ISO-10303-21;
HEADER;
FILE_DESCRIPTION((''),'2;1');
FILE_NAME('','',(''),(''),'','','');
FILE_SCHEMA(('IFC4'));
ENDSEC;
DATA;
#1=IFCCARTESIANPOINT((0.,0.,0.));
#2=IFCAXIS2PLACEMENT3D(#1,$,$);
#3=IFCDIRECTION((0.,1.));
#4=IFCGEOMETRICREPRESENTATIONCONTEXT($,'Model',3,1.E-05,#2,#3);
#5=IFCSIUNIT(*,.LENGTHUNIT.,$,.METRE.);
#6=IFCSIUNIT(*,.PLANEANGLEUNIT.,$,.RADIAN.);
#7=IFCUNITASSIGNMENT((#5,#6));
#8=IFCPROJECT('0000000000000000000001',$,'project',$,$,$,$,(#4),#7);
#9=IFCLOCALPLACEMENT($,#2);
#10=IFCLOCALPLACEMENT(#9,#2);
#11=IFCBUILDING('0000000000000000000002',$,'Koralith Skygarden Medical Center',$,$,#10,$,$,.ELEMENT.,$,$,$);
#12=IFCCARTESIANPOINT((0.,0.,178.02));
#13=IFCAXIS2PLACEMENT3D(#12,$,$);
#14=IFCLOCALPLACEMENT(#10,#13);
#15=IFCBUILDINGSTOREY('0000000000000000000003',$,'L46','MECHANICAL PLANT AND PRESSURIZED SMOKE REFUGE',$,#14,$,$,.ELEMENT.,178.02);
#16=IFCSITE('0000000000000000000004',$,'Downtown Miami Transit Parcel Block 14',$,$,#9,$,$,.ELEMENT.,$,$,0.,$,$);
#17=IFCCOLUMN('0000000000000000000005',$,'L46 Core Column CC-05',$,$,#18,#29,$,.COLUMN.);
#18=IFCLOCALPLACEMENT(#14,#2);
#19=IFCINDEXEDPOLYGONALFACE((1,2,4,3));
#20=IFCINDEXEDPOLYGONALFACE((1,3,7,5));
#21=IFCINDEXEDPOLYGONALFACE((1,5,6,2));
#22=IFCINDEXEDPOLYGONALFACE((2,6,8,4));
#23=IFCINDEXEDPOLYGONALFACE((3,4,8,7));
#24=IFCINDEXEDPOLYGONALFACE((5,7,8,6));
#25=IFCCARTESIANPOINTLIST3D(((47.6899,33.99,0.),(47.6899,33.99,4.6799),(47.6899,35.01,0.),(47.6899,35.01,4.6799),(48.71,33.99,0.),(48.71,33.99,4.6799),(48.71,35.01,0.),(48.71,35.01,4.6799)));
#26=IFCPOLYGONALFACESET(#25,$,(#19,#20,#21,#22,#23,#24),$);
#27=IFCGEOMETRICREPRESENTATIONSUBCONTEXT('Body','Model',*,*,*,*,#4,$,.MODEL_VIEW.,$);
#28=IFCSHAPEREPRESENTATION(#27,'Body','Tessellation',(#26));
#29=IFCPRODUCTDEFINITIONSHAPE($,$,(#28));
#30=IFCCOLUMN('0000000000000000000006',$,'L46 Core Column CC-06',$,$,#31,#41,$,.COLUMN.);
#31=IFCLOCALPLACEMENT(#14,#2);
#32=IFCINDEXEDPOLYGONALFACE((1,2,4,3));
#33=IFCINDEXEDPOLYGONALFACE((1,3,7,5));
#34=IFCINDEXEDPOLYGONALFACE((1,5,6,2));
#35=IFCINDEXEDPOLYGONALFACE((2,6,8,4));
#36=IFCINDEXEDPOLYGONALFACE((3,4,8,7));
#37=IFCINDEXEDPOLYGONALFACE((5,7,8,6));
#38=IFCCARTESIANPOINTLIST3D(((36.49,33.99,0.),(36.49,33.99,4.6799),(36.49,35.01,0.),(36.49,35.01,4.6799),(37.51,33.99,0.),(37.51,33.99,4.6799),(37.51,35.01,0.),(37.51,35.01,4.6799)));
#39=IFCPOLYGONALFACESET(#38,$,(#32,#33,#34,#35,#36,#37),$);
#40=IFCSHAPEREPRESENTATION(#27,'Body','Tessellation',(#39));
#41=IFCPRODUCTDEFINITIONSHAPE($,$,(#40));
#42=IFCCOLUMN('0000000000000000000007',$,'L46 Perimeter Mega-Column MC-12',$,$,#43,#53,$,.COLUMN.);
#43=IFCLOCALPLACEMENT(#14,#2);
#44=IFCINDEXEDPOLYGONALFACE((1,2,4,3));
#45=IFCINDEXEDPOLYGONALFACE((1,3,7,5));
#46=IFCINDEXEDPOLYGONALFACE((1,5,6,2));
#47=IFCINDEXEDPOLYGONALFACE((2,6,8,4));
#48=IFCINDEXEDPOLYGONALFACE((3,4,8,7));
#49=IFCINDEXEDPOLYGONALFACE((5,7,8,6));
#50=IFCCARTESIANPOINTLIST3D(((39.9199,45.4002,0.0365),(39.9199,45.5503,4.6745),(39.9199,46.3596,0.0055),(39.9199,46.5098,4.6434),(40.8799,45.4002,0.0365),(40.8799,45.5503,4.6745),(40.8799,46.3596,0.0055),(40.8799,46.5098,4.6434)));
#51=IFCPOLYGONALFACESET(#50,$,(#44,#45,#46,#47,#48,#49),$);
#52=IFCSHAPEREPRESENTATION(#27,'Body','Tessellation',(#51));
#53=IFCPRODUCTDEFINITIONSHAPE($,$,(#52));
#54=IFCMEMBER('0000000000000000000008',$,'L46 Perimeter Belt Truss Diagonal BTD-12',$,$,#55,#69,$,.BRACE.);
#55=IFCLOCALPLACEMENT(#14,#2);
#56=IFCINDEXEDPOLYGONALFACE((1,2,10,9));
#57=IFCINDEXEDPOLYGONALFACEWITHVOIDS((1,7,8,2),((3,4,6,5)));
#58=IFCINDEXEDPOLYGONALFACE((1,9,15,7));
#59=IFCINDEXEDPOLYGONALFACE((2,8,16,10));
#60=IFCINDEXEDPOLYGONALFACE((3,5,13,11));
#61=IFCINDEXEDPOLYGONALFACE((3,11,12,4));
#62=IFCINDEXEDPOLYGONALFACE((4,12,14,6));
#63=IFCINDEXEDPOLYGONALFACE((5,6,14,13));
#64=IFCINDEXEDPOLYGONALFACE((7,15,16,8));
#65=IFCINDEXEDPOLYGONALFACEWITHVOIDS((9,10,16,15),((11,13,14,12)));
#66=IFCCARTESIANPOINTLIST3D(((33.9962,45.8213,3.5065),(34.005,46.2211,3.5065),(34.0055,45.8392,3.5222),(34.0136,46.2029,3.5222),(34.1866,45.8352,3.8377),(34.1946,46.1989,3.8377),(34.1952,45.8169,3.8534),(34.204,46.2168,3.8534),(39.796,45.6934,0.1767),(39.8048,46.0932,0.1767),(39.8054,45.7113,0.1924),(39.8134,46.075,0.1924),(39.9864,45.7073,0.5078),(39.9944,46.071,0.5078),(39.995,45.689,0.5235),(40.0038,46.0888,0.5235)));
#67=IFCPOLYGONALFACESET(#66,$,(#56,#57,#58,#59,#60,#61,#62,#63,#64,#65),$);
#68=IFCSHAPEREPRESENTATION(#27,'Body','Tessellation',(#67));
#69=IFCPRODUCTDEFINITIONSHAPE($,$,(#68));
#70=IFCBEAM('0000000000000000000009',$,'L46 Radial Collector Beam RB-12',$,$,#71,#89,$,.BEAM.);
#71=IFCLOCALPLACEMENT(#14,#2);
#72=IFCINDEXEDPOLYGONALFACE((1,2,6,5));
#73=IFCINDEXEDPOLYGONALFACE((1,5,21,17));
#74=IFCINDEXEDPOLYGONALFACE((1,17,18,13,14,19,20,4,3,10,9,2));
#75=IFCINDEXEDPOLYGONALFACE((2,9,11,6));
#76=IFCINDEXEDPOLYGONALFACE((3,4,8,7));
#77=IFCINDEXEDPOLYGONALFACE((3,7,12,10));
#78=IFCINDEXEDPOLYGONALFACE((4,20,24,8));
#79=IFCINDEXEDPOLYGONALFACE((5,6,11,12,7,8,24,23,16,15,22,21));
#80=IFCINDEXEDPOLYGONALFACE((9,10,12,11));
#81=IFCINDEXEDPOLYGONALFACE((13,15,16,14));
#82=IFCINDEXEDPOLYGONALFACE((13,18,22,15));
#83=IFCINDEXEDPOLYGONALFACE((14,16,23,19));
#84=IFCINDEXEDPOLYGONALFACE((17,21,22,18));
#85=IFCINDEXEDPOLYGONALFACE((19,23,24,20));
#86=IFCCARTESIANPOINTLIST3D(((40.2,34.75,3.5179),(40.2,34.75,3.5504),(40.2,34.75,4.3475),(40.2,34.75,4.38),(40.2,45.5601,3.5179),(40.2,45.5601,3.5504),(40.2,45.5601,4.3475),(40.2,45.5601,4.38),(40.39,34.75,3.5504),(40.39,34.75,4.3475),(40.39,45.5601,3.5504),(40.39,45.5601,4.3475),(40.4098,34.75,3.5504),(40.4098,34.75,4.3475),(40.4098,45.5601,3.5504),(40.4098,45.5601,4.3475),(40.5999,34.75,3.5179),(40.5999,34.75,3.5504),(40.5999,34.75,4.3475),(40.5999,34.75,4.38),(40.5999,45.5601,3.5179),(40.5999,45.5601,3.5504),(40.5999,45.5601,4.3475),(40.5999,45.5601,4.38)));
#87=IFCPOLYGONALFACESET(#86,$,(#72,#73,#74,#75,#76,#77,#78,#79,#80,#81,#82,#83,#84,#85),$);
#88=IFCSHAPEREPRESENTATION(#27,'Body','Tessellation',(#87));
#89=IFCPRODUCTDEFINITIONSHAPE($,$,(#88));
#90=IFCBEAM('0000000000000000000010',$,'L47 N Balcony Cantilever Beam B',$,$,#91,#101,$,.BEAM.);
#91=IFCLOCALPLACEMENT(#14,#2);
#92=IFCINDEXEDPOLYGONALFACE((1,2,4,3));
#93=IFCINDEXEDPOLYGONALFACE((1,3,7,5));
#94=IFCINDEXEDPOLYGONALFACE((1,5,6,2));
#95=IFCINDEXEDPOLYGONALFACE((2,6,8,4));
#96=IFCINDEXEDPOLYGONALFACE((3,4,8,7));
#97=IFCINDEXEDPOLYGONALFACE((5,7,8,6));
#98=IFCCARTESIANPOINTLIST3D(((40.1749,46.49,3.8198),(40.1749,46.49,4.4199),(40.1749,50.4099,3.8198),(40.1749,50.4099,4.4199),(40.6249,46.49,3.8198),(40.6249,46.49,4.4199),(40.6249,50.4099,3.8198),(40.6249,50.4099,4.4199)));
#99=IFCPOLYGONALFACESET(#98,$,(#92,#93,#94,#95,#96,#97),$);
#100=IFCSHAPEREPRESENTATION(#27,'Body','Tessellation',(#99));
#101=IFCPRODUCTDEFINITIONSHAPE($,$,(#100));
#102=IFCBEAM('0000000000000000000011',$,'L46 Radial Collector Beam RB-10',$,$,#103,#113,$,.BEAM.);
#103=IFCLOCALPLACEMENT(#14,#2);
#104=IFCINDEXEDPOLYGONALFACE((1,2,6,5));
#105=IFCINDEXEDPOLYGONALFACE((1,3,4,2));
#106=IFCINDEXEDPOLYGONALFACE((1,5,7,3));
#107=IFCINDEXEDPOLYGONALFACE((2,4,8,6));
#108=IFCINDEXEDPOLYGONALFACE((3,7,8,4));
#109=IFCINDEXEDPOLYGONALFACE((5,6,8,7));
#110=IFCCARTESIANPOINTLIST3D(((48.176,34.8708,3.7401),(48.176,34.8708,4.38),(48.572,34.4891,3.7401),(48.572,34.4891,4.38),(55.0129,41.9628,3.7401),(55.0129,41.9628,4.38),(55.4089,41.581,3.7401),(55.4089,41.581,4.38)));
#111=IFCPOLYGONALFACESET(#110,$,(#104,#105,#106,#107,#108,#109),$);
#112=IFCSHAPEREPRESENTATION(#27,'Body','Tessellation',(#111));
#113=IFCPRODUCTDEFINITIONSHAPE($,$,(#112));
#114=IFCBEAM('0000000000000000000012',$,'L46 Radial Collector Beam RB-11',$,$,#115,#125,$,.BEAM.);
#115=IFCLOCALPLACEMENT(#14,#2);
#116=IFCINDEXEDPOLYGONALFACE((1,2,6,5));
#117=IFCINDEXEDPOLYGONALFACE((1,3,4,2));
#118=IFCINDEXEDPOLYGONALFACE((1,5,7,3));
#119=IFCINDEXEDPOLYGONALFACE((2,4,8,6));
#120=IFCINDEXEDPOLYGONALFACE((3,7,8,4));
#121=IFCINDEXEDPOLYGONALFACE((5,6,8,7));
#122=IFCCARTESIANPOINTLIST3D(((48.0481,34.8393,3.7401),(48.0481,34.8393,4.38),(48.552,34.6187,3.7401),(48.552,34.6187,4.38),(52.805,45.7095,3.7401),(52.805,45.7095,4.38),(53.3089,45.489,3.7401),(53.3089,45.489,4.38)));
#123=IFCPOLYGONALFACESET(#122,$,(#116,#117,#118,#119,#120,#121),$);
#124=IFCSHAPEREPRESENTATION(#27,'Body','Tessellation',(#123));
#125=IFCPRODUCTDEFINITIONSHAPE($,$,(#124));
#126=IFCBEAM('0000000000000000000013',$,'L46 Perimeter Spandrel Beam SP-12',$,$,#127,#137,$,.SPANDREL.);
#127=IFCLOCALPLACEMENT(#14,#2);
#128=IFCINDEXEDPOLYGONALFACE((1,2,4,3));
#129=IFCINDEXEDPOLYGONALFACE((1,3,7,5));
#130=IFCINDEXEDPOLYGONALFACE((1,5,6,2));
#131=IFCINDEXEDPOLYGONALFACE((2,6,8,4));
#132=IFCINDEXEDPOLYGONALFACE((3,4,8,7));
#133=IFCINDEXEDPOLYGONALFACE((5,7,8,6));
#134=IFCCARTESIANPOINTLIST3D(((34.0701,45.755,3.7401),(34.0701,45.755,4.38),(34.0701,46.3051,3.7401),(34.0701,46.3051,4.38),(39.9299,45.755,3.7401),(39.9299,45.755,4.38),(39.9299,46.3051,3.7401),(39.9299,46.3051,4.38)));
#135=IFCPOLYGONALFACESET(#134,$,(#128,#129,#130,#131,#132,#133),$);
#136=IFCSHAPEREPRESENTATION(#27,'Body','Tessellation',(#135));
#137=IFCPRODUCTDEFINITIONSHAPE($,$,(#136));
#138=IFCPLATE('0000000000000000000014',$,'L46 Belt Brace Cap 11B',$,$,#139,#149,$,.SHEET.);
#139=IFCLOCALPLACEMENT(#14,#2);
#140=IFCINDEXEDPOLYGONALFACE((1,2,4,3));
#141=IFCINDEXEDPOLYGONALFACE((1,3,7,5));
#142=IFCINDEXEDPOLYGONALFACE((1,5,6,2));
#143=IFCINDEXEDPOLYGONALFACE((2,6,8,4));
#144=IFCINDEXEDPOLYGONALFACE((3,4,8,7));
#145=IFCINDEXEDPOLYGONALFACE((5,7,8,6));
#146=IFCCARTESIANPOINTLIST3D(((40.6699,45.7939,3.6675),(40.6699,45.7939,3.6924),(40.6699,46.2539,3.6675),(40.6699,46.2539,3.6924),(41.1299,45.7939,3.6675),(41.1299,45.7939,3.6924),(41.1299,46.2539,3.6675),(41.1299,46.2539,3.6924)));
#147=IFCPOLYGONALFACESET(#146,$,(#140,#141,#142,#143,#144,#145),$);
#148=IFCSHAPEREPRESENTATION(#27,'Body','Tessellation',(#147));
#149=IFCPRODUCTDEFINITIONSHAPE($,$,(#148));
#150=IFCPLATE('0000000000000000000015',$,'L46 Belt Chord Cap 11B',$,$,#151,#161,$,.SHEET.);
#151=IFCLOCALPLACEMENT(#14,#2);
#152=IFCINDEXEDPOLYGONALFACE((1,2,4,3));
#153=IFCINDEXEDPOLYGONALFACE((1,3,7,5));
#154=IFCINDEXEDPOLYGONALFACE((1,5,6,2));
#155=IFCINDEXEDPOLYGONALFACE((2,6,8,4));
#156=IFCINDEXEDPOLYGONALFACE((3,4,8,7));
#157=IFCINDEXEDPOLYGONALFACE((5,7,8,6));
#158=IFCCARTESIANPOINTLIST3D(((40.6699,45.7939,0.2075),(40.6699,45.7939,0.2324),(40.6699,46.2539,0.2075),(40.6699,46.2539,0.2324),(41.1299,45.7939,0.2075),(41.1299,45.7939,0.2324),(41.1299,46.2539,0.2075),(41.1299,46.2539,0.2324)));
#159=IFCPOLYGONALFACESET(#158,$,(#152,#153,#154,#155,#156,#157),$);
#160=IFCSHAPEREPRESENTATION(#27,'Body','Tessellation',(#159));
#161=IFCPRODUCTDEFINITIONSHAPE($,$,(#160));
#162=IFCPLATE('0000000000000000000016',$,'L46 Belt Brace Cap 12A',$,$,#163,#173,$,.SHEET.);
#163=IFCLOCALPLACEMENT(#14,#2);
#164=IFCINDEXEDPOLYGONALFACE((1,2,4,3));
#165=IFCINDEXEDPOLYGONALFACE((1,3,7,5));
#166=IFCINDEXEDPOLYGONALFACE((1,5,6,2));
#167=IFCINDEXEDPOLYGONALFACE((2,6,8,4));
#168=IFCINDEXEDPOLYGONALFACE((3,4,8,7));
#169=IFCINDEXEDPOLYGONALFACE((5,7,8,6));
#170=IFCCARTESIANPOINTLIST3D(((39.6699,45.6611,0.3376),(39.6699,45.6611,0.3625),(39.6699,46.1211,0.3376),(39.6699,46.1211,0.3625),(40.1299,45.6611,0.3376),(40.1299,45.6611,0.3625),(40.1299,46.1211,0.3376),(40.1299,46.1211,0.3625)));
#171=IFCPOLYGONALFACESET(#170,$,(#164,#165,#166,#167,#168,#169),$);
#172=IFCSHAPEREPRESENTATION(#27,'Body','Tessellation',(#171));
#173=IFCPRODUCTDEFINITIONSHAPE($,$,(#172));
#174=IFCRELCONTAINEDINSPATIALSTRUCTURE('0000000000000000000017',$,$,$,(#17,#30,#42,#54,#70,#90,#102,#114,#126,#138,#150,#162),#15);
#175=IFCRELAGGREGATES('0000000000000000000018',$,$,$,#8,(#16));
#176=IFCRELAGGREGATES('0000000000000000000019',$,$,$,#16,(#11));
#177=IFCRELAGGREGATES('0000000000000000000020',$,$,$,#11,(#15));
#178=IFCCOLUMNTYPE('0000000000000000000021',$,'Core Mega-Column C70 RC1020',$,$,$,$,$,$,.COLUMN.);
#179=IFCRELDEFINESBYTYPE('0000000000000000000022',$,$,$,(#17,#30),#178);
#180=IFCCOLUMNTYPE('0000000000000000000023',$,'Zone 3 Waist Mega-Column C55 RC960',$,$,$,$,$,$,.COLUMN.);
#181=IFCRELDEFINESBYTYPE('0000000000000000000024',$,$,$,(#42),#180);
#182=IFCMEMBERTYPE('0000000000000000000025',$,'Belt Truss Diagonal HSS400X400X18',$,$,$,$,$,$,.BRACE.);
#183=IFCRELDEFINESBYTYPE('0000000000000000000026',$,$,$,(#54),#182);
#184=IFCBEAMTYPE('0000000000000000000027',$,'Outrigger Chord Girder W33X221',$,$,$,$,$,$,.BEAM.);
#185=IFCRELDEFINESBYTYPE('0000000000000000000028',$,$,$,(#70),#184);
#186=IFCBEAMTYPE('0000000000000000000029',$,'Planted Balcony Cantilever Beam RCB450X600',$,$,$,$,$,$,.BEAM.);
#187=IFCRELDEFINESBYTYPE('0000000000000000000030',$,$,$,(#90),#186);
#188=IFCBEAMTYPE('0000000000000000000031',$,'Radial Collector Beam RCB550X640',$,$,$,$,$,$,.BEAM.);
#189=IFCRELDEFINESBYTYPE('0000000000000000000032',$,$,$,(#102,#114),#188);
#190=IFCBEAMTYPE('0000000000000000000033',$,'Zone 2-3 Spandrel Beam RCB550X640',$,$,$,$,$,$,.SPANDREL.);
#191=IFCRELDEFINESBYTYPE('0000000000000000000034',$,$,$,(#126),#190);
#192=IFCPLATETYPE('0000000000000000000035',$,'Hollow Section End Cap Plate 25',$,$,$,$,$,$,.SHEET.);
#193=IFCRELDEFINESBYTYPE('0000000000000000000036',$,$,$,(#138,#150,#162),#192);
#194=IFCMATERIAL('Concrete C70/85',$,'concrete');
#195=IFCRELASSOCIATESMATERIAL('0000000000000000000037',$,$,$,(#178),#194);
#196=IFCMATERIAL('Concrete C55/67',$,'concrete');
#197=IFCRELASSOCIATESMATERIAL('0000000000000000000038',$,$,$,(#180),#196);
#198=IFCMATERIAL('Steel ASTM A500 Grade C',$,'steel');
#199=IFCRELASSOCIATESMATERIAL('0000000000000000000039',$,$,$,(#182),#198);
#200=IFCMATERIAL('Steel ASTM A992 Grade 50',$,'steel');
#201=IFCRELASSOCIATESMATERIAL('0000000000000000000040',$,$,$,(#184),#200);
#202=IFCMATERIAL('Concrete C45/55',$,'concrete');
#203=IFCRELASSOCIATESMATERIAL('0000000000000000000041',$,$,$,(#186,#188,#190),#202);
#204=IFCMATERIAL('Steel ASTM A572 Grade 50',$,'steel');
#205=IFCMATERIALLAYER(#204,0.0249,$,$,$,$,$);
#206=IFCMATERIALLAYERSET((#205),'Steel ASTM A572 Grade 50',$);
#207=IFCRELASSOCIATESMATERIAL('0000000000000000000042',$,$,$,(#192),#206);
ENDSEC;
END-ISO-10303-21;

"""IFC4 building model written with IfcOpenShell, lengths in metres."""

from ifc_helpers import new_model, si_unit, direction, frame, origin, origin_2d, place, context, subcontext, project, spatial, rectangle, hollow_rectangle, i_section, extrude, material, layer, layer_set, material_profile, profile_set, type_object, element, save


model = new_model("IFC4")

# Units and contexts
model_context = context("Model", 3, precision=1e-05, world=origin(), true_north=direction((0.0, 1.0)))
body_context = subcontext(model_context, "Body", "Model", "MODEL_VIEW")
ifc_project = project(units=[si_unit("LENGTHUNIT", "METRE"), si_unit("PLANEANGLEUNIT", "RADIAN")], contexts=[model_context])

# Site, building, storey
site_placement = place(None, origin())
site = spatial("IfcSite", under=ifc_project, at=site_placement, Name="Downtown Miami Transit Parcel Block 14", CompositionType="ELEMENT", RefElevation=0.0)
building_placement = place(site_placement, origin())
building = spatial("IfcBuilding", under=site, at=building_placement, Name="Koralith Skygarden Medical Center", CompositionType="ELEMENT")
storey_placement = place(building_placement, frame((0.0, 0.0, 178.02)))
storey = spatial("IfcBuildingStorey", under=building, at=storey_placement, Name="L46", Description="MECHANICAL PLANT AND PRESSURIZED SMOKE REFUGE", CompositionType="ELEMENT", Elevation=178.02)

# Columns
ifc_material_1 = material(Name="Concrete C70/85", Category="concrete")
ifc_material_profile_1 = material_profile(ifc_material_1, rectangle(XDim=1.02, YDim=1.02, at=origin_2d()), Name="RC1020X1020")
ifc_profile_set_1 = profile_set([ifc_material_profile_1], Name="Concrete C70/85")
column_type_1 = type_object("IfcColumnType", Name="Core Mega-Column C70 RC1020", PredefinedType="COLUMN", material=ifc_profile_set_1)
for number, where, z_axis, x_axis, name in (
    (1, (48.2, 34.5, 0.0), (0.0, 0.0, 1.0), (1.0, 0.0, 0.0), "L46 Core Column CC-05"),
    (2, (37.0, 34.5, 0.0), (0.0, 0.0, 1.0), (1.0, 0.0, 0.0), "L46 Core Column CC-06"),
):
    element("IfcColumn", number, at=place(storey_placement, frame(where, z_axis=z_axis, x_axis=x_axis)), inside=storey, type_object=column_type_1, Name=name, PredefinedType="COLUMN", context=body_context, shape_type="SweptSolid", body=[
        extrude(rectangle(XDim=1.02, YDim=1.02, at=origin_2d()), origin(), (0.0, 0.0, 1.0), 4.6799),
    ])
ifc_material_2 = material(Name="Concrete C55/67", Category="concrete")
ifc_material_profile_2 = material_profile(ifc_material_2, rectangle(XDim=0.96, YDim=0.96, at=origin_2d()), Name="RC960X960")
ifc_profile_set_2 = profile_set([ifc_material_profile_2], Name="Concrete C55/67")
column_type_2 = type_object("IfcColumnType", Name="Zone 3 Waist Mega-Column C55 RC960", PredefinedType="COLUMN", material=ifc_profile_set_2)
column_placement = place(storey_placement, frame((40.3999, 45.8799, 0.021), z_axis=(0.0, 0.032357, 0.999476), x_axis=(-1.0, 0.0, 0.0)))
element("IfcColumn", 3, at=column_placement, inside=storey, type_object=column_type_2, Name="L46 Perimeter Mega-Column MC-12", PredefinedType="COLUMN", context=body_context, shape_type="SweptSolid", body=[
    extrude(rectangle(XDim=0.96, YDim=0.96, at=origin_2d()), origin(), (0.0, 0.0, 1.0), 4.6404),
])

# Member
ifc_material_3 = material(Name="Steel ASTM A500 Grade C", Category="steel")
ifc_material_profile_3 = material_profile(ifc_material_3, hollow_rectangle(XDim=0.3999, YDim=0.3999, WallThickness=0.0181, at=origin_2d()), Name="HSS400X400X18")
ifc_profile_set_3 = profile_set([ifc_material_profile_3], Name="Steel ASTM A500 Grade C")
member_type = type_object("IfcMemberType", Name="Belt Truss Diagonal HSS400X400X18", PredefinedType="BRACE", material=ifc_profile_set_3)
member_placement = place(storey_placement, frame((39.8999, 45.8911, 0.3501), z_axis=(-0.867074, 0.019126, 0.497812), x_axis=(-0.022052, -0.999757, 0.0)))
element("IfcMember", 4, at=member_placement, inside=storey, type_object=member_type, Name="L46 Perimeter Belt Truss Diagonal BTD-12", PredefinedType="BRACE", context=body_context, shape_type="SweptSolid", body=[
    extrude(hollow_rectangle(XDim=0.3999, YDim=0.3999, WallThickness=0.0181, at=origin_2d()), origin(), (0.0, 0.0, 1.0), 6.689),
])

# Beams
ifc_material_4 = material(Name="Steel ASTM A992 Grade 50", Category="steel")
ifc_material_profile_4 = material_profile(ifc_material_4, i_section(OverallWidth=0.3999, OverallDepth=0.8621, WebThickness=0.0198, FlangeThickness=0.0325, at=origin_2d()), Name="W33X221")
ifc_profile_set_4 = profile_set([ifc_material_profile_4], Name="Steel ASTM A992 Grade 50")
beam_type_1 = type_object("IfcBeamType", Name="Outrigger Chord Girder W33X221", PredefinedType="BEAM", material=ifc_profile_set_4)
beam_1_placement = place(storey_placement, frame((40.3999, 34.75, 3.949), z_axis=(0.0, 1.0, 0.0), x_axis=(-1.0, 0.0, 0.0)))
element("IfcBeam", 5, at=beam_1_placement, inside=storey, type_object=beam_type_1, Name="L46 Radial Collector Beam RB-12", PredefinedType="BEAM", context=body_context, shape_type="SweptSolid", body=[
    extrude(i_section(OverallWidth=0.3999, OverallDepth=0.8621, WebThickness=0.0198, FlangeThickness=0.0325, at=origin_2d()), origin(), (0.0, 0.0, 1.0), 10.8101),
])
ifc_material_5 = material(Name="Concrete C45/55", Category="concrete")
ifc_material_profile_5 = material_profile(ifc_material_5, rectangle(XDim=0.45, YDim=0.6001, at=origin_2d()), Name="RCB450X600")
ifc_profile_set_5 = profile_set([ifc_material_profile_5], Name="Concrete C45/55")
beam_type_2 = type_object("IfcBeamType", Name="Planted Balcony Cantilever Beam RCB450X600", PredefinedType="BEAM", material=ifc_profile_set_5)
beam_2_placement = place(storey_placement, frame((40.3999, 46.49, 4.1199), z_axis=(0.0, 1.0, 0.0), x_axis=(-1.0, 0.0, 0.0)))
element("IfcBeam", 6, at=beam_2_placement, inside=storey, type_object=beam_type_2, Name="L47 N Balcony Cantilever Beam B", PredefinedType="BEAM", context=body_context, shape_type="SweptSolid", body=[
    extrude(rectangle(XDim=0.45, YDim=0.6001, at=origin_2d()), origin(), (0.0, 0.0, 1.0), 3.9199),
])
ifc_material_profile_6 = material_profile(ifc_material_5, rectangle(XDim=0.55, YDim=0.6399, at=origin_2d()), Name="RCB550X640")
ifc_profile_set_6 = profile_set([ifc_material_profile_6], Name="Concrete C45/55")
beam_type_3 = type_object("IfcBeamType", Name="Radial Collector Beam RCB550X640", PredefinedType="BEAM", material=ifc_profile_set_6)
beam_3_placement = place(storey_placement, frame((48.374, 34.6799, 4.0601), z_axis=(0.694039, 0.719938, 0.0), x_axis=(-0.719938, 0.694039, 0.0)))
element("IfcBeam", 7, at=beam_3_placement, inside=storey, type_object=beam_type_3, Name="L46 Radial Collector Beam RB-10", PredefinedType="BEAM", context=body_context, shape_type="SweptSolid", body=[
    extrude(rectangle(XDim=0.55, YDim=0.6399, at=origin_2d()), origin(), (0.0, 0.0, 1.0), 9.8508),
])
beam_4_placement = place(storey_placement, frame((48.3, 34.729, 4.0601), z_axis=(0.400901, 0.916121, 0.0), x_axis=(-0.916121, 0.400901, 0.0)))
element("IfcBeam", 8, at=beam_4_placement, inside=storey, type_object=beam_type_3, Name="L46 Radial Collector Beam RB-11", PredefinedType="BEAM", context=body_context, shape_type="SweptSolid", body=[
    extrude(rectangle(XDim=0.55, YDim=0.6399, at=origin_2d()), origin(), (0.0, 0.0, 1.0), 11.8655),
])
ifc_material_profile_7 = material_profile(ifc_material_5, rectangle(XDim=0.55, YDim=0.6399, at=origin_2d()), Name="RCB550X640")
ifc_profile_set_7 = profile_set([ifc_material_profile_7], Name="Concrete C45/55")
beam_type_4 = type_object("IfcBeamType", Name="Zone 2-3 Spandrel Beam RCB550X640", PredefinedType="SPANDREL", material=ifc_profile_set_7)
beam_5_placement = place(storey_placement, frame((39.9299, 46.03, 4.0601), z_axis=(-1.0, 0.0, 0.0), x_axis=(0.0, -1.0, 0.0)))
element("IfcBeam", 9, at=beam_5_placement, inside=storey, type_object=beam_type_4, Name="L46 Perimeter Spandrel Beam SP-12", PredefinedType="SPANDREL", context=body_context, shape_type="SweptSolid", body=[
    extrude(rectangle(XDim=0.55, YDim=0.6399, at=origin_2d()), origin(), (0.0, 0.0, 1.0), 5.8599),
])

# Plates
ifc_material_6 = material(Name="Steel ASTM A572 Grade 50", Category="steel")
ifc_layer_1 = layer(ifc_material_6, 0.0249)
ifc_layer_set_1 = layer_set([ifc_layer_1], Name="Steel ASTM A572 Grade 50")
plate_type = type_object("IfcPlateType", Name="Hollow Section End Cap Plate 25", PredefinedType="SHEET", material=ifc_layer_set_1)
for number, where, z_axis, x_axis, name in (
    (10, (40.8999, 46.0239, 3.6675), (0.0, 0.0, 1.0), (1.0, 0.0, 0.0), "L46 Belt Brace Cap 11B"),
    (11, (40.8999, 46.0239, 0.2075), (0.0, 0.0, 1.0), (1.0, 0.0, 0.0), "L46 Belt Chord Cap 11B"),
    (12, (39.8999, 45.8911, 0.3376), (0.0, 0.0, 1.0), (1.0, 0.0, 0.0), "L46 Belt Brace Cap 12A"),
):
    element("IfcPlate", number, at=place(storey_placement, frame(where, z_axis=z_axis, x_axis=x_axis)), inside=storey, type_object=plate_type, Name=name, PredefinedType="SHEET", context=body_context, shape_type="SweptSolid", body=[
        extrude(rectangle(XDim=0.46, YDim=0.46, at=origin_2d()), origin(), (0.0, 0.0, 1.0), 0.0249),
    ])

save(model, "model.ifc")
